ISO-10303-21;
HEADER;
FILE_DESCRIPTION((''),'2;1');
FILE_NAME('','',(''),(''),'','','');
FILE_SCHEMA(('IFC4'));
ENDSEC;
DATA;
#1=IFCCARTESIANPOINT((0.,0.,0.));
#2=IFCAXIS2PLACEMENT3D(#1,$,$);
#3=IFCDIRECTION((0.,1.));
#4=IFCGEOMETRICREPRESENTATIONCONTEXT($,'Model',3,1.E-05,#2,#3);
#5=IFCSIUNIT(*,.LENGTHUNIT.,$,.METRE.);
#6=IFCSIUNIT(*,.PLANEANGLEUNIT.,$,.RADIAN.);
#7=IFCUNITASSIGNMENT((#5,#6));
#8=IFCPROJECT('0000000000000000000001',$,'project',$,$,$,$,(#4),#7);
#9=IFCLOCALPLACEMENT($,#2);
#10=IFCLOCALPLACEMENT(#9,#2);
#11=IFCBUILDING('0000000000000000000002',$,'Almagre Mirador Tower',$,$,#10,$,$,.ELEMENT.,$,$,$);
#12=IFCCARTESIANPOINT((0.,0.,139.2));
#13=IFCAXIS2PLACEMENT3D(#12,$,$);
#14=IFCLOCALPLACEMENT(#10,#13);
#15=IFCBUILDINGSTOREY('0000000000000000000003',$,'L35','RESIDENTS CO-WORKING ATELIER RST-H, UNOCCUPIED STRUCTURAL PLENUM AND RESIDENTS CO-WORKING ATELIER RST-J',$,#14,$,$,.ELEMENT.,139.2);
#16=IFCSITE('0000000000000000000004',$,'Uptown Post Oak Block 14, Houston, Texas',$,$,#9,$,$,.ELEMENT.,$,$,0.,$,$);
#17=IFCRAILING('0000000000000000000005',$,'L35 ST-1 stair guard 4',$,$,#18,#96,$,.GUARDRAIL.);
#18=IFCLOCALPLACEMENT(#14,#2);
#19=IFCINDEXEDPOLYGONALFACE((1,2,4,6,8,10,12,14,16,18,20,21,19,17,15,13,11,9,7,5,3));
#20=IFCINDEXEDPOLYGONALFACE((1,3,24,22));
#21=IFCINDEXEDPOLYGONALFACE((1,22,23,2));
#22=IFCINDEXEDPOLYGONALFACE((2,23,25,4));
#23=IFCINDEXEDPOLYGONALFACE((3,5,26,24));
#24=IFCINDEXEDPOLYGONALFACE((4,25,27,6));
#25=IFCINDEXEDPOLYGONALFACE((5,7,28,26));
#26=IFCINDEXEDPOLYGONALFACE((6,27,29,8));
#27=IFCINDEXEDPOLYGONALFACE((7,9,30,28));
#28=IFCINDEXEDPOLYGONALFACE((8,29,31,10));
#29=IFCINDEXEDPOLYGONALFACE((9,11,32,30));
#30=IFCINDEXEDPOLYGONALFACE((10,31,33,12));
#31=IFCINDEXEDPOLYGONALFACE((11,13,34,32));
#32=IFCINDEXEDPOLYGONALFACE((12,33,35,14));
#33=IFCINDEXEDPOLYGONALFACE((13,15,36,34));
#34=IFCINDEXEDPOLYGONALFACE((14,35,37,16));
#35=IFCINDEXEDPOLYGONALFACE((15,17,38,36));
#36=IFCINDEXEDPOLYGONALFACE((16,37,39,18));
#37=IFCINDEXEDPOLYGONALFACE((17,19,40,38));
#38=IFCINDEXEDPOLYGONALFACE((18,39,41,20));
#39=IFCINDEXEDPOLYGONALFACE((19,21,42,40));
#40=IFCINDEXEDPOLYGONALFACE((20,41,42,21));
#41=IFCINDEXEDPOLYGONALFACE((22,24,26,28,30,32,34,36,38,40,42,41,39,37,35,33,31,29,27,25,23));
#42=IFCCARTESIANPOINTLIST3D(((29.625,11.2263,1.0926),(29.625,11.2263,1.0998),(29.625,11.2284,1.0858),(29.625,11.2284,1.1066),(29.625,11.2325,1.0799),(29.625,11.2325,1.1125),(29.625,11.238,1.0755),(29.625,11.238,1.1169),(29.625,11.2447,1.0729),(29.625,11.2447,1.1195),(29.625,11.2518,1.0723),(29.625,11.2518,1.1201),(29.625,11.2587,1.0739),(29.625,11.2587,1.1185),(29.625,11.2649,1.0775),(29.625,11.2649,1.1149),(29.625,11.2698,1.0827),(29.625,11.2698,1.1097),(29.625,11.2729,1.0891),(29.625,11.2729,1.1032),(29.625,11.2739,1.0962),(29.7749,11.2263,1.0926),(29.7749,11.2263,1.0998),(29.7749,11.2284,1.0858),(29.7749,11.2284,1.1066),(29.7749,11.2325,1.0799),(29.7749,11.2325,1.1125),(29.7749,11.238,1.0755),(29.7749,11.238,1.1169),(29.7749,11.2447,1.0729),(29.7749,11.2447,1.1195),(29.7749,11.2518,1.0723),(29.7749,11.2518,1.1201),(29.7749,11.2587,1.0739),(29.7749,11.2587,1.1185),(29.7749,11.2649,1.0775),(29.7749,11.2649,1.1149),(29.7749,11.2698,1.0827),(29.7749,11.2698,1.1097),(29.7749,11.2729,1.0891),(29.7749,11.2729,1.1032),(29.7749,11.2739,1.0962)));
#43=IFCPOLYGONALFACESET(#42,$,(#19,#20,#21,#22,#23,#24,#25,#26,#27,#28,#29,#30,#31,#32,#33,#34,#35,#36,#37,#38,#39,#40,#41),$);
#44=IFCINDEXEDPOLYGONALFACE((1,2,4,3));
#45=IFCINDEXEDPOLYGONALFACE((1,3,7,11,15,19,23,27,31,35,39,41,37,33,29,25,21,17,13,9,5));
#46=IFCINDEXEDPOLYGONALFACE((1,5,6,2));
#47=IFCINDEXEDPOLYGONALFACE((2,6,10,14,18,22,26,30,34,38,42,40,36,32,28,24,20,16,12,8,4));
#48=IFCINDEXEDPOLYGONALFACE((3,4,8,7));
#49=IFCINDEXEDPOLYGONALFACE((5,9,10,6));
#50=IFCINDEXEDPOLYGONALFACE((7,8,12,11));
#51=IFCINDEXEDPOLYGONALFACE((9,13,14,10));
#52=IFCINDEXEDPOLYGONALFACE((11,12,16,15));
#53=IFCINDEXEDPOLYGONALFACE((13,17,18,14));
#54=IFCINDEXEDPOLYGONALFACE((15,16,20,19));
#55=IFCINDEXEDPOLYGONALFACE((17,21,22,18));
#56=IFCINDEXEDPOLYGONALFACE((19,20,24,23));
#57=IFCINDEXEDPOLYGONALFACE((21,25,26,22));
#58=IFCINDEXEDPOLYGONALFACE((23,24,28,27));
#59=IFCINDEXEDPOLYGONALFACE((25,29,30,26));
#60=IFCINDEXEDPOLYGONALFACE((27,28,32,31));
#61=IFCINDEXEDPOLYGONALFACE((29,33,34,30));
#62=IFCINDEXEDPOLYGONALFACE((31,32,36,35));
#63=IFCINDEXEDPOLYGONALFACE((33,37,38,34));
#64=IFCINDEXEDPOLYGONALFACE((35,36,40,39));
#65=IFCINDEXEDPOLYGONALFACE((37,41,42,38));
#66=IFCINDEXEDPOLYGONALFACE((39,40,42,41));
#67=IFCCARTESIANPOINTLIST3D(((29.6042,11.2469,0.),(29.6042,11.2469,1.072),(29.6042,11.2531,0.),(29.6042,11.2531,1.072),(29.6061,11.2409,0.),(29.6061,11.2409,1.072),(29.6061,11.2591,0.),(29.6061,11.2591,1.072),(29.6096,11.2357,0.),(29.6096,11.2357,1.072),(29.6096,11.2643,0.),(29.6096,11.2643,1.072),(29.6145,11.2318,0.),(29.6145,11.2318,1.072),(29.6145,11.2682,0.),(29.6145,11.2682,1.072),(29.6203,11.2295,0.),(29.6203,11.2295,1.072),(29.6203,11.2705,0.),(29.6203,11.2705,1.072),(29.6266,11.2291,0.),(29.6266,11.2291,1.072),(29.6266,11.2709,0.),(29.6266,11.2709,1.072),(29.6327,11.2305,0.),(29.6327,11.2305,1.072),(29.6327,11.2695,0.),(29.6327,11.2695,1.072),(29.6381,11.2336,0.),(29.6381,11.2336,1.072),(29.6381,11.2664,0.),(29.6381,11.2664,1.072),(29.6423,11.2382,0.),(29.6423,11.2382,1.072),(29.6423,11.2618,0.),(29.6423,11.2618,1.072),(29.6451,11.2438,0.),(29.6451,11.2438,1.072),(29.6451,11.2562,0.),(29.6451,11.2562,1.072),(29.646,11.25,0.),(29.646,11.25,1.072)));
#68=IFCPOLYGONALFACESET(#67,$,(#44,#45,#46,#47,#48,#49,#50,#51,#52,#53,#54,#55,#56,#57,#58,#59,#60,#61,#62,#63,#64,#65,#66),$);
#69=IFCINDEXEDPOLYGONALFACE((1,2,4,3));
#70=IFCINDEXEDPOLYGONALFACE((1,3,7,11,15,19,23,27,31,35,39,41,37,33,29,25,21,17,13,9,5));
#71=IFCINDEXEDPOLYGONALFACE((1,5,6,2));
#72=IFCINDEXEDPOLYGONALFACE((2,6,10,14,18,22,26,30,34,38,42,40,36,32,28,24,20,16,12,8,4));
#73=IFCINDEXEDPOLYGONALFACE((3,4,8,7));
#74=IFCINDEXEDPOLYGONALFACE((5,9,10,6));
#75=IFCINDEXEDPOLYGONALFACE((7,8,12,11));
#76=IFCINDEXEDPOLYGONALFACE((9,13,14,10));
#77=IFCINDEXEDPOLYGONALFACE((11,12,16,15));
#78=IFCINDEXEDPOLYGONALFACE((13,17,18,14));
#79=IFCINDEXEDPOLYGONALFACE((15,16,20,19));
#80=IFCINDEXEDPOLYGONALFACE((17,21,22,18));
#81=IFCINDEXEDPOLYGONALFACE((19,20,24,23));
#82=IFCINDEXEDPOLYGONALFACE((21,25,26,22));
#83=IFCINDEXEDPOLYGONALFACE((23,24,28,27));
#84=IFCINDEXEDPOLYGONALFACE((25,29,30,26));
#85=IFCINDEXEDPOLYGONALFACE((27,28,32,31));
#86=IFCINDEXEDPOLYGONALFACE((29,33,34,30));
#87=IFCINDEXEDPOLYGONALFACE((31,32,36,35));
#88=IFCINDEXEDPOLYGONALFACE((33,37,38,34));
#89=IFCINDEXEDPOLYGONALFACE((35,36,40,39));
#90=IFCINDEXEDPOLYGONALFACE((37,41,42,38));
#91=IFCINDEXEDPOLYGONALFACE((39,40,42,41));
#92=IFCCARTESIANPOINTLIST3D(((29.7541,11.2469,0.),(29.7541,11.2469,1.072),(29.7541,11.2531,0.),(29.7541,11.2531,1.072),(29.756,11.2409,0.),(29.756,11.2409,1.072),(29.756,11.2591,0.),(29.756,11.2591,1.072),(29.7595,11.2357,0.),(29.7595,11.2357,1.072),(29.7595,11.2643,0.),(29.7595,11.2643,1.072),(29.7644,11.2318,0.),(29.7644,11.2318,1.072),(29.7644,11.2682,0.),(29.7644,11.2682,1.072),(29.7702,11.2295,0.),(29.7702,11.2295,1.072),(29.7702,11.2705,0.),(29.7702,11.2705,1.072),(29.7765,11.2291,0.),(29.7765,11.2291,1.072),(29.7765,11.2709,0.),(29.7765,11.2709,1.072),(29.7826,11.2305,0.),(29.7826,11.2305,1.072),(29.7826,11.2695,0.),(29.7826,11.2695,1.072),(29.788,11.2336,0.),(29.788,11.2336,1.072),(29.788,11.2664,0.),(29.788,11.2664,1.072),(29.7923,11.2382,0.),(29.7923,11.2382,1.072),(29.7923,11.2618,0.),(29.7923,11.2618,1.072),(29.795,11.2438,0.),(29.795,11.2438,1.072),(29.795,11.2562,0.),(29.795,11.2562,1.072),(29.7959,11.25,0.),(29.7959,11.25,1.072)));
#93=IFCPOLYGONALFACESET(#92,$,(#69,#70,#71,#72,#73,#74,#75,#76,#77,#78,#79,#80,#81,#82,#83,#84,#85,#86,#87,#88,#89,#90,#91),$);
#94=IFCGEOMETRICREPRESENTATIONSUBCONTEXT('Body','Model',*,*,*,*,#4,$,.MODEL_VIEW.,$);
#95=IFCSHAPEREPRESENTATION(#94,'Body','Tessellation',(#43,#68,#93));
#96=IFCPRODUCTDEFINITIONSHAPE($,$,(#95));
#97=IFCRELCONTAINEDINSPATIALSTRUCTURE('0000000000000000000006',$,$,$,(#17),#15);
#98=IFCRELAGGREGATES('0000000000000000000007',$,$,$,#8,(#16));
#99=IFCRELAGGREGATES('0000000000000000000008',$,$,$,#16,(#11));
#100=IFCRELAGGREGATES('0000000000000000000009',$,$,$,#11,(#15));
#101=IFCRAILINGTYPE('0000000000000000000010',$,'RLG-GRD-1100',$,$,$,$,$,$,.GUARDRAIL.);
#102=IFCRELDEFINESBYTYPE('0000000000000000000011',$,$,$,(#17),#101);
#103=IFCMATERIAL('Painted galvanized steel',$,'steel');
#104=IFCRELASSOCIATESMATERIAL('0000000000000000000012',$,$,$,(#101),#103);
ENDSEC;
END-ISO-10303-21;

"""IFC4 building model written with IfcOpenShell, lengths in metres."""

from ifc_helpers import new_model, si_unit, direction, frame, origin, origin_2d, place, context, subcontext, project, spatial, circle, extrude, material, type_object, element, save


model = new_model("IFC4")

# Units and contexts
model_context = context("Model", 3, precision=1e-05, world=origin(), true_north=direction((0.0, 1.0)))
body_context = subcontext(model_context, "Body", "Model", "MODEL_VIEW")
ifc_project = project(units=[si_unit("LENGTHUNIT", "METRE"), si_unit("PLANEANGLEUNIT", "RADIAN")], contexts=[model_context])

# Site, building, storey
site_placement = place(None, origin())
site = spatial("IfcSite", under=ifc_project, at=site_placement, Name="Uptown Post Oak Block 14, Houston, Texas", CompositionType="ELEMENT", RefElevation=0.0)
building_placement = place(site_placement, origin())
building = spatial("IfcBuilding", under=site, at=building_placement, Name="Almagre Mirador Tower", CompositionType="ELEMENT")
storey_placement = place(building_placement, frame((0.0, 0.0, 139.2)))
storey = spatial("IfcBuildingStorey", under=building, at=storey_placement, Name="L35", Description="RESIDENTS CO-WORKING ATELIER RST-H, UNOCCUPIED STRUCTURAL PLENUM AND RESIDENTS CO-WORKING ATELIER RST-J", CompositionType="ELEMENT", Elevation=139.2)

# Railing
ifc_material_1 = material(Name="Painted galvanized steel", Category="steel")
railing_type_1 = type_object("IfcRailingType", Name="RLG-GRD-1100", PredefinedType="GUARDRAIL", material=ifc_material_1)
railing_1_placement = place(storey_placement, frame((29.625, 11.25, 0.0)))
element("IfcRailing", 1, at=railing_1_placement, inside=storey, type_object=railing_type_1, Name="L35 ST-1 stair guard 4", PredefinedType="GUARDRAIL", context=body_context, shape_type="SweptSolid", body=[
    extrude(circle(Radius=0.0239, at=origin_2d()), frame((0.0, 0.0, 1.0962), z_axis=(1.0, 0.0, 0.0), x_axis=(0.0, 1.0, 0.0)), (0.0, 0.0, 1.0), 0.1499),
    extrude(circle(Radius=0.021, at=origin_2d()), origin(), (0.0, 0.0, 1.0), 1.072),
    extrude(circle(Radius=0.021, at=origin_2d()), frame((0.1499, 0.0, 0.0)), (0.0, 0.0, 1.0), 1.072),
])

save(model, "model.ifc")
